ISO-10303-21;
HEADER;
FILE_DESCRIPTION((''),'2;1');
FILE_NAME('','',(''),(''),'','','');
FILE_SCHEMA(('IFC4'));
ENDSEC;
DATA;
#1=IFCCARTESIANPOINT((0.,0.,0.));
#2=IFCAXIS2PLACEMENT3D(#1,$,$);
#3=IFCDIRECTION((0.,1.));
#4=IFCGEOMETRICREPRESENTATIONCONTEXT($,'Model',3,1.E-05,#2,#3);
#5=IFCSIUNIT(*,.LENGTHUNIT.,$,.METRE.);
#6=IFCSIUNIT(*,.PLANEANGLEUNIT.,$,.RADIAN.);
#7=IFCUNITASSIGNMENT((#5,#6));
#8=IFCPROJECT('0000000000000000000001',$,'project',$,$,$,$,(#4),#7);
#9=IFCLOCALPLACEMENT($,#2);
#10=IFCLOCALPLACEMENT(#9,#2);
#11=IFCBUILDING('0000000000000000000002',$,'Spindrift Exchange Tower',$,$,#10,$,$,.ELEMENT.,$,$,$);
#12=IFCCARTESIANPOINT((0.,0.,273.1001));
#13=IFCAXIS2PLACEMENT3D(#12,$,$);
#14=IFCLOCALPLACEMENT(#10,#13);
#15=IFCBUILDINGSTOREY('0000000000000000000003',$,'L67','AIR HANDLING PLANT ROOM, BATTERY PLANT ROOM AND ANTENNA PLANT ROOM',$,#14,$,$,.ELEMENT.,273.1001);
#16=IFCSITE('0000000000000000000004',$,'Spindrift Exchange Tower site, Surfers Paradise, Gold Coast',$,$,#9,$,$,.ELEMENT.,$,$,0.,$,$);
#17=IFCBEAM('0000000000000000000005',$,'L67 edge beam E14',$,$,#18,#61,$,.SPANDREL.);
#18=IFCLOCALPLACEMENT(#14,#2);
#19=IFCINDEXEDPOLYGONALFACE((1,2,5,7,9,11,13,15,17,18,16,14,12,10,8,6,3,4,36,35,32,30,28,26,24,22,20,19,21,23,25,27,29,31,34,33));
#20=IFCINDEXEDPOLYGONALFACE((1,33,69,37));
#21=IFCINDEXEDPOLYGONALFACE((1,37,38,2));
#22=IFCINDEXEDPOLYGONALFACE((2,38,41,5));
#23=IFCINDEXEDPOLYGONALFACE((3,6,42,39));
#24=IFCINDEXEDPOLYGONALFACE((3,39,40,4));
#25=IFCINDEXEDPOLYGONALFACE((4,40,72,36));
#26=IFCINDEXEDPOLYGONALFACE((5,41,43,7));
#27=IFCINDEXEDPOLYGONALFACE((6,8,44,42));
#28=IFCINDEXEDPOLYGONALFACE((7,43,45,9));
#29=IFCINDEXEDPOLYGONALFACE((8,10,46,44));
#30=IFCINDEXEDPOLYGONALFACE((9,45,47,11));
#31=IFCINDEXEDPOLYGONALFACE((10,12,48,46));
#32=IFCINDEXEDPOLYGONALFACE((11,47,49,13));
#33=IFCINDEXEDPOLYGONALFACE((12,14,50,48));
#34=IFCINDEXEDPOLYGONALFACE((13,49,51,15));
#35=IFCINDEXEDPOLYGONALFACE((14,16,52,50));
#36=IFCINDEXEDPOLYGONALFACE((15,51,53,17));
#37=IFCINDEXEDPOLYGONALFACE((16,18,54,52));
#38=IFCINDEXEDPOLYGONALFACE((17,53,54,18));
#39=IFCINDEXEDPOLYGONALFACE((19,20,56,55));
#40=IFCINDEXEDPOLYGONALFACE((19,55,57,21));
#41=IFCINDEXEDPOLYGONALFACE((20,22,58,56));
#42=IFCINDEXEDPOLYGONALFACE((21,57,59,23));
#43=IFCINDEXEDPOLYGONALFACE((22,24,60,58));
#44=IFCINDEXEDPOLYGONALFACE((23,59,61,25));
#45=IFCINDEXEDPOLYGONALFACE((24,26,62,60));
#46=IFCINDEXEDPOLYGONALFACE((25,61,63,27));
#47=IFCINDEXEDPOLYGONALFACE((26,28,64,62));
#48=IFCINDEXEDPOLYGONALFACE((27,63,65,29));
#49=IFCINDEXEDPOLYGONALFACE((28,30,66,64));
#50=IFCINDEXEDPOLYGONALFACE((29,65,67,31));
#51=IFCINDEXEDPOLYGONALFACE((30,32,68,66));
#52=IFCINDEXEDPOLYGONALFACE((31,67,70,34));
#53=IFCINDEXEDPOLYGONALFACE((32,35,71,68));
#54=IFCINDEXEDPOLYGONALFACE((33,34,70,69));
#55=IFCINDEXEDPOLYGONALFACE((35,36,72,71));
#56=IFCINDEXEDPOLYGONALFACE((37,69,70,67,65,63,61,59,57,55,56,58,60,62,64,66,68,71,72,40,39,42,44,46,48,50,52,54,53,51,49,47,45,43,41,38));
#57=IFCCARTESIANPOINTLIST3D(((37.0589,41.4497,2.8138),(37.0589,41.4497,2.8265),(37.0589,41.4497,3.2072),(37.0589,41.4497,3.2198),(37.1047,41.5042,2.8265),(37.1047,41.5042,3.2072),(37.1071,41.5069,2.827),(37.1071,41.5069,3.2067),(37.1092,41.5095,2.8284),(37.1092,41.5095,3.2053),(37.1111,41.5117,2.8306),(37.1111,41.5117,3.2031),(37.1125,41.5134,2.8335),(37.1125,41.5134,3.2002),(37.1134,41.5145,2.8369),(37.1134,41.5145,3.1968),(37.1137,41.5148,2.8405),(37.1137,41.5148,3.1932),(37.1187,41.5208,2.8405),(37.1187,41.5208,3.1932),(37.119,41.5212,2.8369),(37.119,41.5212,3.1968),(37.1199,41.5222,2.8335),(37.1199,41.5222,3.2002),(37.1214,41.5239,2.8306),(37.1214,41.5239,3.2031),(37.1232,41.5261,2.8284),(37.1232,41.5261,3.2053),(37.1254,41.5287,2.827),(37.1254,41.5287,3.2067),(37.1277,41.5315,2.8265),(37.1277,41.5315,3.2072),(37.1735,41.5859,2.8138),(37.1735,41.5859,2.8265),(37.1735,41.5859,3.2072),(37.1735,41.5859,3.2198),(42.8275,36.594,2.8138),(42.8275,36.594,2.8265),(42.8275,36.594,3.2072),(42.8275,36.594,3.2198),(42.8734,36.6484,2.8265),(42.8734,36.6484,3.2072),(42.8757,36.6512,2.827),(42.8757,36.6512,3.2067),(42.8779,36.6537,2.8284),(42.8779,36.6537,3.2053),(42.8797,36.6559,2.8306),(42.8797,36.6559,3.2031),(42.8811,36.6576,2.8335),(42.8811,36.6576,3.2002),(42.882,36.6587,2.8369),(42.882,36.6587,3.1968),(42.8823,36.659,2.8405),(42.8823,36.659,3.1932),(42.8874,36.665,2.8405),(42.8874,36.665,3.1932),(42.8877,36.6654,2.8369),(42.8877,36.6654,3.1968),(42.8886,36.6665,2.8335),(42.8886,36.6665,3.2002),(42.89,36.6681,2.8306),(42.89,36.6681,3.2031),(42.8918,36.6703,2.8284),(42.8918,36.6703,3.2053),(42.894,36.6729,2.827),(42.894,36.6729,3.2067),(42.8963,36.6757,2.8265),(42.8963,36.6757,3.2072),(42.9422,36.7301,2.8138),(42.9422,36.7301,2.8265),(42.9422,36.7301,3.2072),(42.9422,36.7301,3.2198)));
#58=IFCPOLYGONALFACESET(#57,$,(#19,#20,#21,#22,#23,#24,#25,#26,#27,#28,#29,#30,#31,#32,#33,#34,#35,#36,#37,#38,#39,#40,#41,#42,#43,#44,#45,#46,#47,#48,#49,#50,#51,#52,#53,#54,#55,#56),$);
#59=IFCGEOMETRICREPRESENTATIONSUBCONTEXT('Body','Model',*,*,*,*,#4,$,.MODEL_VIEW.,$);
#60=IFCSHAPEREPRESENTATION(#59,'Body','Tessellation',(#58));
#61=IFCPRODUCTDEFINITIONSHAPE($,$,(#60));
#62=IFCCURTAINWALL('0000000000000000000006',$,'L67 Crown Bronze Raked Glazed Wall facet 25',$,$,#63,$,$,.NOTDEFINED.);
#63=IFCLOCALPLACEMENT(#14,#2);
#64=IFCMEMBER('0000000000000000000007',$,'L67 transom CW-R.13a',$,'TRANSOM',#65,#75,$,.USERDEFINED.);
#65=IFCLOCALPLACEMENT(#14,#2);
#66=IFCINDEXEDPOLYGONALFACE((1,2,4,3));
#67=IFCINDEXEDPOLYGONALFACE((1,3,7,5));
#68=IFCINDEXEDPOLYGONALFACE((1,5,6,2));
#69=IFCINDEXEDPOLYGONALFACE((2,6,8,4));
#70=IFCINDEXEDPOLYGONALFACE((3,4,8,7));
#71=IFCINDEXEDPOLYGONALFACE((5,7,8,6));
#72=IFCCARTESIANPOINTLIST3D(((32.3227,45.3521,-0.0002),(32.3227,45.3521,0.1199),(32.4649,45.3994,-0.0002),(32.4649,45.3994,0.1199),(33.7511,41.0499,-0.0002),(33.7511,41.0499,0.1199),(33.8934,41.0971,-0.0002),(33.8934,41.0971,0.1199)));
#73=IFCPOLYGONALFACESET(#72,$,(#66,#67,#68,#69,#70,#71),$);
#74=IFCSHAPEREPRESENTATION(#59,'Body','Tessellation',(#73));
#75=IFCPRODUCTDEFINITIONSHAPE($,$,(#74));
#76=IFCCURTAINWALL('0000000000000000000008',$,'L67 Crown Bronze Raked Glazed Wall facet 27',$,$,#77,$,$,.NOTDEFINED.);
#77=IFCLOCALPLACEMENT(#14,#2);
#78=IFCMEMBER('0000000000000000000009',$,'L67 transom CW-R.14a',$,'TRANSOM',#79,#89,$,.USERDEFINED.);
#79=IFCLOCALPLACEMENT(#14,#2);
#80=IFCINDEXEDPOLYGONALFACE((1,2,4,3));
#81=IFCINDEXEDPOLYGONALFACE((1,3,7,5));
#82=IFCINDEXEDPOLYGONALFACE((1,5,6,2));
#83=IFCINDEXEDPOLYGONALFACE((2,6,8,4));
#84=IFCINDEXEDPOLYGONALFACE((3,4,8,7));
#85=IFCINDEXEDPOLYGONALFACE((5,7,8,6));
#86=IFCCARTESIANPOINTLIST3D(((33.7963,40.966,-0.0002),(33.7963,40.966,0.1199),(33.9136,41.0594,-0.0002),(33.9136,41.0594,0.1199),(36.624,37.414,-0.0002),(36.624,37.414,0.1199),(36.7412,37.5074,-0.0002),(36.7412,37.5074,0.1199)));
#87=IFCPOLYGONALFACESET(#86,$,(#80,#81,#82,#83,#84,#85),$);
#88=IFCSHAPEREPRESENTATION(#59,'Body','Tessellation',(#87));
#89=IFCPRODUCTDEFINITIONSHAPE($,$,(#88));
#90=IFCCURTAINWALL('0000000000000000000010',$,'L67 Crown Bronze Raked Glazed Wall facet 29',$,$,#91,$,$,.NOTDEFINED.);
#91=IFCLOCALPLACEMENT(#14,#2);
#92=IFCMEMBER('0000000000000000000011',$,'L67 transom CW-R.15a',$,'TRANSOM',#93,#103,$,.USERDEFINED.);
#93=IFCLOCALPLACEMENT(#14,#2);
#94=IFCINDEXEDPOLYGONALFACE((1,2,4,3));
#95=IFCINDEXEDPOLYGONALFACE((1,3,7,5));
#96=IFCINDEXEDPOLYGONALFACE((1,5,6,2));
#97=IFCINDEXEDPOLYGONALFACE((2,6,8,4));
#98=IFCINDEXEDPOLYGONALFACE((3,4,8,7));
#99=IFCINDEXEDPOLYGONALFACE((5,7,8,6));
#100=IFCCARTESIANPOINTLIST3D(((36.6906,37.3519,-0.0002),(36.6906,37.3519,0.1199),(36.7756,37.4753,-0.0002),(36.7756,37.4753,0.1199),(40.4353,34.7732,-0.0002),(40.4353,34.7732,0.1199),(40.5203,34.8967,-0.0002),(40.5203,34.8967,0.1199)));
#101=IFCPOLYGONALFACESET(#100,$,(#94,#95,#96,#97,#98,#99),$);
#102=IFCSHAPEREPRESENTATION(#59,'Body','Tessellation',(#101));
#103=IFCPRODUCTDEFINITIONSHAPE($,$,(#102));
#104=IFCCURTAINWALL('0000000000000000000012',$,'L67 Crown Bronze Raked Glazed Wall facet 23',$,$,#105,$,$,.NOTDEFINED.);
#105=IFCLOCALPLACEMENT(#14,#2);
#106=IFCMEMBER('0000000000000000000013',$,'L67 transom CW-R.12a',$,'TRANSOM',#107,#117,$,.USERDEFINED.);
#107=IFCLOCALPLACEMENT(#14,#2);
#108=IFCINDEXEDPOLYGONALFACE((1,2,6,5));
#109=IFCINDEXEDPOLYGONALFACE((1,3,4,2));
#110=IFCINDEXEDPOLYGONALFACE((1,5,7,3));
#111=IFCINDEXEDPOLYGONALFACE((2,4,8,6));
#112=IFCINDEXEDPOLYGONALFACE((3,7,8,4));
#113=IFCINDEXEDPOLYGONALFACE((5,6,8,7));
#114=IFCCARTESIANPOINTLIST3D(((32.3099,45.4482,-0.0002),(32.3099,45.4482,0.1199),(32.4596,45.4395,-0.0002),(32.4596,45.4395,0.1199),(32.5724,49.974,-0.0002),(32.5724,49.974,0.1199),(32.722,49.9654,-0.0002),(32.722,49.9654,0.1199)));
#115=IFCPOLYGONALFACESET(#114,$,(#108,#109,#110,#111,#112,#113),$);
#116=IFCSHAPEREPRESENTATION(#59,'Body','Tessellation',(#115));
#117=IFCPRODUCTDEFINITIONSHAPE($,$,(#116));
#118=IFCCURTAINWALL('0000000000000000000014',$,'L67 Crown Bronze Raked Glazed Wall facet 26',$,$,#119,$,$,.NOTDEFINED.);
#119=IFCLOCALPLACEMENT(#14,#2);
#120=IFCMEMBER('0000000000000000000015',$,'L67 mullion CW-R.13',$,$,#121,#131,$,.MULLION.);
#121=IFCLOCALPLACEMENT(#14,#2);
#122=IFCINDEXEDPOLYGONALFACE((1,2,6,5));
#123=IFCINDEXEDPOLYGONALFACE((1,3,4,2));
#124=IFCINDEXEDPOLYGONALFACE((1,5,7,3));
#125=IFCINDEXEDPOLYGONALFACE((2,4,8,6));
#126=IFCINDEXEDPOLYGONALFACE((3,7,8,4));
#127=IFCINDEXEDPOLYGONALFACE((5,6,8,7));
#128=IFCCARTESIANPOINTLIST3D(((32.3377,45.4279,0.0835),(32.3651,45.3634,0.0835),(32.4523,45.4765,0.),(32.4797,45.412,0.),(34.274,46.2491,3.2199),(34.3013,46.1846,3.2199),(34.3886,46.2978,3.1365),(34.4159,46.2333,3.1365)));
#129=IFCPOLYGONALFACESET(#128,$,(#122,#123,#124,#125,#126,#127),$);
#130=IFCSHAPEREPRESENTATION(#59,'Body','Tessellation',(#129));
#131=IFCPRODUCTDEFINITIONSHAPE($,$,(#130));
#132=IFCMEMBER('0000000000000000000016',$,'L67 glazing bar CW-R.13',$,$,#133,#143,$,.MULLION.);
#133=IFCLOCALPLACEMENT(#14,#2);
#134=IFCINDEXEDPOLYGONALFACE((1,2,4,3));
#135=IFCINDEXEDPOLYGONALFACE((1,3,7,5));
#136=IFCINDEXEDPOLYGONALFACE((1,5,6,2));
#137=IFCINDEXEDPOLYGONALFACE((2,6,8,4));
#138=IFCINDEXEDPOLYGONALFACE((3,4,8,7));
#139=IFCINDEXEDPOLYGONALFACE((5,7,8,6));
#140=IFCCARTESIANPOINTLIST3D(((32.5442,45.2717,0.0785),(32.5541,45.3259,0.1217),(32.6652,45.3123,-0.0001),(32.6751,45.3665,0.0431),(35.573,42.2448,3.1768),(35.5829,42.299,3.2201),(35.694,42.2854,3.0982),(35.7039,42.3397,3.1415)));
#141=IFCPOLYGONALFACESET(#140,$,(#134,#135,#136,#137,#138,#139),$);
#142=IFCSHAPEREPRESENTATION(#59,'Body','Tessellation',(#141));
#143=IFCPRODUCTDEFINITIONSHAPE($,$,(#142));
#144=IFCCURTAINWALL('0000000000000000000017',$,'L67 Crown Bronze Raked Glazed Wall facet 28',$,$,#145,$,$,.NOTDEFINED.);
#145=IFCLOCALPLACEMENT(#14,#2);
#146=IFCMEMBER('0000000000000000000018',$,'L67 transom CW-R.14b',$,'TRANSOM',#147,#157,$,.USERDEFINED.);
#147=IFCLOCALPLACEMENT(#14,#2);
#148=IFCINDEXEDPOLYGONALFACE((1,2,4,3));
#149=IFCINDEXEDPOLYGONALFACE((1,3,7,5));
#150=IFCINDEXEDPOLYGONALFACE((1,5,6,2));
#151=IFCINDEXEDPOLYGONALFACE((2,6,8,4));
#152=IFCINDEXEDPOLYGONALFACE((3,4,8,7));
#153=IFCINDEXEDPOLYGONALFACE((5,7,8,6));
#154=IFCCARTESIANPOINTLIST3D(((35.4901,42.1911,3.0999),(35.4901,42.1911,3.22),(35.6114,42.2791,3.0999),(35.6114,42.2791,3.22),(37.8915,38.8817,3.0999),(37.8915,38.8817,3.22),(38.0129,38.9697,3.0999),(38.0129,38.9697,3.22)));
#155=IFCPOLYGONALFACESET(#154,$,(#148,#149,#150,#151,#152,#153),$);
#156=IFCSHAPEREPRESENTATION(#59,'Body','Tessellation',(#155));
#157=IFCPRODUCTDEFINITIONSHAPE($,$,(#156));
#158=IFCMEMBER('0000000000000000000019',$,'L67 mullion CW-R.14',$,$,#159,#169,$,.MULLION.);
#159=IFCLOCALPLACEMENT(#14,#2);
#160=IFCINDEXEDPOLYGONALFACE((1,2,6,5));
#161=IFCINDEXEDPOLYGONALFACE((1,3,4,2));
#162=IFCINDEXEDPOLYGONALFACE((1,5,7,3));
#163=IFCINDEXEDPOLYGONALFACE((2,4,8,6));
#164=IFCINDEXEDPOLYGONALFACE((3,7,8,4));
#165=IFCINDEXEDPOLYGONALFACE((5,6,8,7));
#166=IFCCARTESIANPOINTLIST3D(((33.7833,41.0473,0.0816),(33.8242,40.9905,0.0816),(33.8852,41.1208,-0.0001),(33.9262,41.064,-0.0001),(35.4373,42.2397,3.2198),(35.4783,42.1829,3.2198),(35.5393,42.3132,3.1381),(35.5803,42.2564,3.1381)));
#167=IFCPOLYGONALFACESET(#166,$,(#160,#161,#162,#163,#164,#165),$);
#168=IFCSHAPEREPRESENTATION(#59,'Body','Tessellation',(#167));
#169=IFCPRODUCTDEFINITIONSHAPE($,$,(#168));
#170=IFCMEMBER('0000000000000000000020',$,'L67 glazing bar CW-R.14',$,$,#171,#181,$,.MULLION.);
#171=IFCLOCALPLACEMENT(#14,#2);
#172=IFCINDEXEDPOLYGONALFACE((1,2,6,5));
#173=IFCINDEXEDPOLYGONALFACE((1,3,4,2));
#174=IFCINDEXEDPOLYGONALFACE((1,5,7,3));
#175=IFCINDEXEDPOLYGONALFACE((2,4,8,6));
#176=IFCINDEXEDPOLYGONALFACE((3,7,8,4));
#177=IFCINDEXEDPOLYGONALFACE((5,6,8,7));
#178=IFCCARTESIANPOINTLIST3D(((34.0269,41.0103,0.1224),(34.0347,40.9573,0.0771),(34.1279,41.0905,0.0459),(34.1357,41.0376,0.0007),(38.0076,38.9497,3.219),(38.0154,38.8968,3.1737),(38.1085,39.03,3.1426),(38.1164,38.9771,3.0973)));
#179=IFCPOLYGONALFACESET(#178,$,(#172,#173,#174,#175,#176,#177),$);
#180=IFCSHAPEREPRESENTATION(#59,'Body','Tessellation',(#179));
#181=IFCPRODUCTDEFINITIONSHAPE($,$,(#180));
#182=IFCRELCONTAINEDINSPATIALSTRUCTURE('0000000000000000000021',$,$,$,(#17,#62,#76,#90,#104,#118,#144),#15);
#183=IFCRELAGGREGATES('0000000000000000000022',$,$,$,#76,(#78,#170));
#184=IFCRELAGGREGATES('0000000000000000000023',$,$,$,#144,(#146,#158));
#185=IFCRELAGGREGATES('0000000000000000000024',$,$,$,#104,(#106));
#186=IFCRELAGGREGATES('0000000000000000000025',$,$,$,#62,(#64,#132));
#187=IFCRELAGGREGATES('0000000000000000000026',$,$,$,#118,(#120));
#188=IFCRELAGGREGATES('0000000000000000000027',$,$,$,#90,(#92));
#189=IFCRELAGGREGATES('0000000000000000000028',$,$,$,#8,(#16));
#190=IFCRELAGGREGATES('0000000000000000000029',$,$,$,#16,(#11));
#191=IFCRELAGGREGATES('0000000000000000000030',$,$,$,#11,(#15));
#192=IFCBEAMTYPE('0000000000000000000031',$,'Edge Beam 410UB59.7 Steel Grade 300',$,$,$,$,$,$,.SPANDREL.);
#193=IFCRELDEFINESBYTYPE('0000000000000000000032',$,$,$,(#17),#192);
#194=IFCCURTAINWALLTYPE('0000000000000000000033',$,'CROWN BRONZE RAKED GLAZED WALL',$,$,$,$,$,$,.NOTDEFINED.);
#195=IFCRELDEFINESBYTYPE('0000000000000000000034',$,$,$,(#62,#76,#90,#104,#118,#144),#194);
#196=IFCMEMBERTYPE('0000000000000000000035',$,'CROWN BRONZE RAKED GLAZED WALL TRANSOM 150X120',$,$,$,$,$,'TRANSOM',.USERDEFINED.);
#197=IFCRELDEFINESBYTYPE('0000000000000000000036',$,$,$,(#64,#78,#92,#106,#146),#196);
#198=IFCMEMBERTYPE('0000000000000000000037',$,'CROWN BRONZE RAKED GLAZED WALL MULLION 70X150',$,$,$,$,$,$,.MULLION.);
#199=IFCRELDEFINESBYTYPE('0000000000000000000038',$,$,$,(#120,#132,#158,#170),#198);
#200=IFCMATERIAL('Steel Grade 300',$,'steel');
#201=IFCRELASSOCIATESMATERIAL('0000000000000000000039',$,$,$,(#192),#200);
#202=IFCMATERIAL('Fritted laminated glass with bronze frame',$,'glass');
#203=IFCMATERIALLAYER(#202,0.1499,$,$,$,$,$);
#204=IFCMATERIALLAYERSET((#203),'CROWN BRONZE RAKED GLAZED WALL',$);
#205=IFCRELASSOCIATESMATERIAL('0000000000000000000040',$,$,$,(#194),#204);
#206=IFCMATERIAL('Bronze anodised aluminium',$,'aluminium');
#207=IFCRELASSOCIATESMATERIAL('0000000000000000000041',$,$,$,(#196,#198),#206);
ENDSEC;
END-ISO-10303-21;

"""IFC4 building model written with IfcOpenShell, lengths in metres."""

from ifc_helpers import new_model, si_unit, direction, frame, origin, origin_2d, place, context, subcontext, project, spatial, rectangle, i_section, extrude, source, transform, mapped, material, layer, layer_set, material_profile, profile_set, type_object, element, aggregate, save


model = new_model("IFC4")

# Units and contexts
model_context = context("Model", 3, precision=1e-05, world=origin(), true_north=direction((0.0, 1.0)))
body_context = subcontext(model_context, "Body", "Model", "MODEL_VIEW")
ifc_project = project(units=[si_unit("LENGTHUNIT", "METRE"), si_unit("PLANEANGLEUNIT", "RADIAN")], contexts=[model_context])

# Site, building, storey
site_placement = place(None, origin())
site = spatial("IfcSite", under=ifc_project, at=site_placement, Name="Spindrift Exchange Tower site, Surfers Paradise, Gold Coast", CompositionType="ELEMENT", RefElevation=0.0)
building_placement = place(site_placement, origin())
building = spatial("IfcBuilding", under=site, at=building_placement, Name="Spindrift Exchange Tower", CompositionType="ELEMENT")
storey_placement = place(building_placement, frame((0.0, 0.0, 273.1001)))
storey = spatial("IfcBuildingStorey", under=building, at=storey_placement, Name="L67", Description="AIR HANDLING PLANT ROOM, BATTERY PLANT ROOM AND ANTENNA PLANT ROOM", CompositionType="ELEMENT", Elevation=273.1001)

# Beam
ifc_material_1 = material(Name="Steel Grade 300", Category="steel")
ifc_material_profile_1 = material_profile(ifc_material_1, i_section(OverallWidth=0.178, OverallDepth=0.406, WebThickness=0.0078, FlangeThickness=0.0127, FilletRadius=0.0139, at=origin_2d()), Name="410UB59.7")
ifc_profile_set_1 = profile_set([ifc_material_profile_1], Name="Steel Grade 300")
beam_type_1 = type_object("IfcBeamType", Name="Edge Beam 410UB59.7 Steel Grade 300", PredefinedType="SPANDREL", material=ifc_profile_set_1)
shared_shape_1 = source(origin(), body_context, "Body", "SweptSolid", [
    extrude(i_section(OverallWidth=0.178, OverallDepth=0.406, WebThickness=0.0078, FlangeThickness=0.0127, FilletRadius=0.0139, at=origin_2d()), origin(), (0.0, 0.0, 1.0), 7.5403),
])
beam_1_placement = place(storey_placement, frame((37.1162, 41.5178, 3.0168), z_axis=(0.765043, -0.643979, 0.0), x_axis=(0.643979, 0.765043, 0.0)))
element("IfcBeam", 1, at=beam_1_placement, inside=storey, type_object=beam_type_1, Name="L67 edge beam E14", PredefinedType="SPANDREL", context=body_context, shape_type="MappedRepresentation", body=[
    mapped(shared_shape_1, transform((0.0, 0.0, 0.0), scale=1.0)),
])

# Curtain walls, members
ifc_material_2 = material(Name="Fritted laminated glass with bronze frame", Category="glass")
ifc_layer_1 = layer(ifc_material_2, 0.1499)
ifc_layer_set_1 = layer_set([ifc_layer_1], Name="CROWN BRONZE RAKED GLAZED WALL")
curtain_wall_type = type_object("IfcCurtainWallType", Name="CROWN BRONZE RAKED GLAZED WALL", PredefinedType="NOTDEFINED", material=ifc_layer_set_1)
curtain_wall_1_placement = place(storey_placement, origin())
curtain_wall_1 = element("IfcCurtainWall", 2, at=curtain_wall_1_placement, inside=storey, type_object=curtain_wall_type, Name="L67 Crown Bronze Raked Glazed Wall facet 25", PredefinedType="NOTDEFINED")
ifc_material_3 = material(Name="Bronze anodised aluminium", Category="aluminium")
ifc_material_profile_2 = material_profile(ifc_material_3, rectangle(XDim=0.1499, YDim=0.1201, at=origin_2d()), Name="CROWN BRONZE RAKED GLAZED WALL TRANSOM 150X120")
ifc_profile_set_2 = profile_set([ifc_material_profile_2], Name="Bronze anodised aluminium")
member_type_1 = type_object("IfcMemberType", Name="CROWN BRONZE RAKED GLAZED WALL TRANSOM 150X120", ElementType="TRANSOM", PredefinedType="USERDEFINED", material=ifc_profile_set_2)
shared_shape_2 = source(origin(), body_context, "Body", "SweptSolid", [
    extrude(rectangle(XDim=0.1499, YDim=0.1201, at=origin_2d()), origin(), (0.0, 0.0, 1.0), 4.5332),
])
member_1_placement = place(storey_placement, frame((32.3938, 45.3757, 0.0598), z_axis=(0.315113, -0.949054, 0.0), x_axis=(0.949054, 0.315113, 0.0)))
member_1 = element("IfcMember", 3, at=member_1_placement, type_object=member_type_1, Name="L67 transom CW-R.13a", ObjectType="TRANSOM", PredefinedType="USERDEFINED", context=body_context, shape_type="MappedRepresentation", body=[
    mapped(shared_shape_2, transform((0.0, 0.0, 0.0), scale=1.0)),
])
curtain_wall_2_placement = place(storey_placement, origin())
curtain_wall_2 = element("IfcCurtainWall", 4, at=curtain_wall_2_placement, inside=storey, type_object=curtain_wall_type, Name="L67 Crown Bronze Raked Glazed Wall facet 27", PredefinedType="NOTDEFINED")
shared_shape_3 = source(origin(), body_context, "Body", "SweptSolid", [
    extrude(rectangle(XDim=0.1499, YDim=0.1201, at=origin_2d()), origin(), (0.0, 0.0, 1.0), 4.54),
])
member_2_placement = place(storey_placement, frame((33.855, 41.0127, 0.0598), z_axis=(0.622818, -0.782367, 0.0), x_axis=(0.782367, 0.622818, 0.0)))
member_2 = element("IfcMember", 5, at=member_2_placement, type_object=member_type_1, Name="L67 transom CW-R.14a", ObjectType="TRANSOM", PredefinedType="USERDEFINED", context=body_context, shape_type="MappedRepresentation", body=[
    mapped(shared_shape_3, transform((0.0, 0.0, 0.0), scale=1.0)),
])
curtain_wall_3_placement = place(storey_placement, origin())
curtain_wall_3 = element("IfcCurtainWall", 6, at=curtain_wall_3_placement, inside=storey, type_object=curtain_wall_type, Name="L67 Crown Bronze Raked Glazed Wall facet 29", PredefinedType="NOTDEFINED")
shared_shape_4 = source(origin(), body_context, "Body", "SweptSolid", [
    extrude(rectangle(XDim=0.1499, YDim=0.1201, at=origin_2d()), origin(), (0.0, 0.0, 1.0), 4.5466),
])
member_3_placement = place(storey_placement, frame((40.4778, 34.835, 0.0598), z_axis=(-0.823612, 0.567153, 0.0), x_axis=(-0.567153, -0.823612, 0.0)))
member_3 = element("IfcMember", 7, at=member_3_placement, type_object=member_type_1, Name="L67 transom CW-R.15a", ObjectType="TRANSOM", PredefinedType="USERDEFINED", context=body_context, shape_type="MappedRepresentation", body=[
    mapped(shared_shape_4, transform((0.0, 0.0, 0.0), scale=1.0)),
])
curtain_wall_4_placement = place(storey_placement, origin())
curtain_wall_4 = element("IfcCurtainWall", 8, at=curtain_wall_4_placement, inside=storey, type_object=curtain_wall_type, Name="L67 Crown Bronze Raked Glazed Wall facet 23", PredefinedType="NOTDEFINED")
shared_shape_5 = source(origin(), body_context, "Body", "SweptSolid", [
    extrude(rectangle(XDim=0.1499, YDim=0.1201, at=origin_2d()), origin(), (0.0, 0.0, 1.0), 4.5334),
])
member_4_placement = place(storey_placement, frame((32.3848, 45.4438, 0.0598), z_axis=(0.057892, 0.998323, 0.0), x_axis=(-0.998323, 0.057892, 0.0)))
member_4 = element("IfcMember", 9, at=member_4_placement, type_object=member_type_1, Name="L67 transom CW-R.12a", ObjectType="TRANSOM", PredefinedType="USERDEFINED", context=body_context, shape_type="MappedRepresentation", body=[
    mapped(shared_shape_5, transform((0.0, 0.0, 0.0), scale=1.0)),
])
curtain_wall_5_placement = place(storey_placement, origin())
curtain_wall_5 = element("IfcCurtainWall", 10, at=curtain_wall_5_placement, inside=storey, type_object=curtain_wall_type, Name="L67 Crown Bronze Raked Glazed Wall facet 26", PredefinedType="NOTDEFINED")
ifc_material_profile_3 = material_profile(ifc_material_3, rectangle(XDim=0.0701, YDim=0.1499, at=origin_2d()), Name="CROWN BRONZE RAKED GLAZED WALL MULLION 70X150")
ifc_profile_set_3 = profile_set([ifc_material_profile_3], Name="Bronze anodised aluminium")
member_type_2 = type_object("IfcMemberType", Name="CROWN BRONZE RAKED GLAZED WALL MULLION 70X150", PredefinedType="MULLION", material=ifc_profile_set_3)
shared_shape_6 = source(origin(), body_context, "Body", "SweptSolid", [
    extrude(rectangle(XDim=0.0701, YDim=0.1499, at=origin_2d()), origin(), (0.0, 0.0, 1.0), 3.7764),
])
member_5_placement = place(storey_placement, frame((32.4087, 45.4199, 0.0417), z_axis=(0.512732, 0.21748, 0.830547), x_axis=(-0.390484, 0.92061, 0.0)))
member_5 = element("IfcMember", 11, at=member_5_placement, type_object=member_type_2, Name="L67 mullion CW-R.13", PredefinedType="MULLION", context=body_context, shape_type="MappedRepresentation", body=[
    mapped(shared_shape_6, transform((0.0, 0.0, 0.0), scale=1.0)),
])

# Member
shared_shape_7 = source(origin(), body_context, "Body", "SweptSolid", [
    extrude(rectangle(XDim=0.0701, YDim=0.1499, at=origin_2d()), origin(), (0.0, 0.0, 1.0), 5.2854),
])
member_6_placement = place(storey_placement, frame((32.6096, 45.3191, 0.0608), z_axis=(0.573051, -0.572681, 0.586216), x_axis=(0.14151, 0.773718, 0.617523)))
member_6 = element("IfcMember", 12, at=member_6_placement, type_object=member_type_2, Name="L67 glazing bar CW-R.13", PredefinedType="MULLION", context=body_context, shape_type="MappedRepresentation", body=[
    mapped(shared_shape_7, transform((0.0, 0.0, 0.0), scale=1.0)),
])

# Curtain wall, members
curtain_wall_6_placement = place(storey_placement, origin())
curtain_wall_6 = element("IfcCurtainWall", 13, at=curtain_wall_6_placement, inside=storey, type_object=curtain_wall_type, Name="L67 Crown Bronze Raked Glazed Wall facet 28", PredefinedType="NOTDEFINED")
shared_shape_8 = source(origin(), body_context, "Body", "SweptSolid", [
    extrude(rectangle(XDim=0.1499, YDim=0.1201, at=origin_2d()), origin(), (0.0, 0.0, 1.0), 4.0889),
])
member_7_placement = place(storey_placement, frame((35.5508, 42.2351, 3.1599), z_axis=(0.587305, -0.809366, 0.0), x_axis=(0.809366, 0.587305, 0.0)))
member_7 = element("IfcMember", 14, at=member_7_placement, type_object=member_type_1, Name="L67 transom CW-R.14b", ObjectType="TRANSOM", PredefinedType="USERDEFINED", context=body_context, shape_type="MappedRepresentation", body=[
    mapped(shared_shape_8, transform((0.0, 0.0, 0.0), scale=1.0)),
])
shared_shape_9 = source(origin(), body_context, "Body", "SweptSolid", [
    extrude(rectangle(XDim=0.0701, YDim=0.1499, at=origin_2d()), origin(), (0.0, 0.0, 1.0), 3.7424),
])
member_8_placement = place(storey_placement, frame((33.8547, 41.0557, 0.0408), z_axis=(0.441972, 0.318611, 0.838539), x_axis=(-0.584778, 0.811194, 0.0)))
member_8 = element("IfcMember", 15, at=member_8_placement, type_object=member_type_2, Name="L67 mullion CW-R.14", PredefinedType="MULLION", context=body_context, shape_type="MappedRepresentation", body=[
    mapped(shared_shape_9, transform((0.0, 0.0, 0.0), scale=1.0)),
])

# Member
shared_shape_10 = source(origin(), body_context, "Body", "SweptSolid", [
    extrude(rectangle(XDim=0.0701, YDim=0.1499, at=origin_2d()), origin(), (0.0, 0.0, 1.0), 5.448),
])
member_9_placement = place(storey_placement, frame((34.0813, 41.0239, 0.0615), z_axis=(0.730666, -0.378217, 0.5684), x_axis=(-0.111432, 0.755307, 0.645829)))
member_9 = element("IfcMember", 16, at=member_9_placement, type_object=member_type_2, Name="L67 glazing bar CW-R.14", PredefinedType="MULLION", context=body_context, shape_type="MappedRepresentation", body=[
    mapped(shared_shape_10, transform((0.0, 0.0, 0.0), scale=1.0)),
])

aggregate(curtain_wall_2, [member_2, member_9])
aggregate(curtain_wall_6, [member_7, member_8])
aggregate(curtain_wall_4, [member_4])

aggregate(curtain_wall_1, [member_1, member_6])
aggregate(curtain_wall_5, [member_5])
aggregate(curtain_wall_3, [member_3])

save(model, "model.ifc")
